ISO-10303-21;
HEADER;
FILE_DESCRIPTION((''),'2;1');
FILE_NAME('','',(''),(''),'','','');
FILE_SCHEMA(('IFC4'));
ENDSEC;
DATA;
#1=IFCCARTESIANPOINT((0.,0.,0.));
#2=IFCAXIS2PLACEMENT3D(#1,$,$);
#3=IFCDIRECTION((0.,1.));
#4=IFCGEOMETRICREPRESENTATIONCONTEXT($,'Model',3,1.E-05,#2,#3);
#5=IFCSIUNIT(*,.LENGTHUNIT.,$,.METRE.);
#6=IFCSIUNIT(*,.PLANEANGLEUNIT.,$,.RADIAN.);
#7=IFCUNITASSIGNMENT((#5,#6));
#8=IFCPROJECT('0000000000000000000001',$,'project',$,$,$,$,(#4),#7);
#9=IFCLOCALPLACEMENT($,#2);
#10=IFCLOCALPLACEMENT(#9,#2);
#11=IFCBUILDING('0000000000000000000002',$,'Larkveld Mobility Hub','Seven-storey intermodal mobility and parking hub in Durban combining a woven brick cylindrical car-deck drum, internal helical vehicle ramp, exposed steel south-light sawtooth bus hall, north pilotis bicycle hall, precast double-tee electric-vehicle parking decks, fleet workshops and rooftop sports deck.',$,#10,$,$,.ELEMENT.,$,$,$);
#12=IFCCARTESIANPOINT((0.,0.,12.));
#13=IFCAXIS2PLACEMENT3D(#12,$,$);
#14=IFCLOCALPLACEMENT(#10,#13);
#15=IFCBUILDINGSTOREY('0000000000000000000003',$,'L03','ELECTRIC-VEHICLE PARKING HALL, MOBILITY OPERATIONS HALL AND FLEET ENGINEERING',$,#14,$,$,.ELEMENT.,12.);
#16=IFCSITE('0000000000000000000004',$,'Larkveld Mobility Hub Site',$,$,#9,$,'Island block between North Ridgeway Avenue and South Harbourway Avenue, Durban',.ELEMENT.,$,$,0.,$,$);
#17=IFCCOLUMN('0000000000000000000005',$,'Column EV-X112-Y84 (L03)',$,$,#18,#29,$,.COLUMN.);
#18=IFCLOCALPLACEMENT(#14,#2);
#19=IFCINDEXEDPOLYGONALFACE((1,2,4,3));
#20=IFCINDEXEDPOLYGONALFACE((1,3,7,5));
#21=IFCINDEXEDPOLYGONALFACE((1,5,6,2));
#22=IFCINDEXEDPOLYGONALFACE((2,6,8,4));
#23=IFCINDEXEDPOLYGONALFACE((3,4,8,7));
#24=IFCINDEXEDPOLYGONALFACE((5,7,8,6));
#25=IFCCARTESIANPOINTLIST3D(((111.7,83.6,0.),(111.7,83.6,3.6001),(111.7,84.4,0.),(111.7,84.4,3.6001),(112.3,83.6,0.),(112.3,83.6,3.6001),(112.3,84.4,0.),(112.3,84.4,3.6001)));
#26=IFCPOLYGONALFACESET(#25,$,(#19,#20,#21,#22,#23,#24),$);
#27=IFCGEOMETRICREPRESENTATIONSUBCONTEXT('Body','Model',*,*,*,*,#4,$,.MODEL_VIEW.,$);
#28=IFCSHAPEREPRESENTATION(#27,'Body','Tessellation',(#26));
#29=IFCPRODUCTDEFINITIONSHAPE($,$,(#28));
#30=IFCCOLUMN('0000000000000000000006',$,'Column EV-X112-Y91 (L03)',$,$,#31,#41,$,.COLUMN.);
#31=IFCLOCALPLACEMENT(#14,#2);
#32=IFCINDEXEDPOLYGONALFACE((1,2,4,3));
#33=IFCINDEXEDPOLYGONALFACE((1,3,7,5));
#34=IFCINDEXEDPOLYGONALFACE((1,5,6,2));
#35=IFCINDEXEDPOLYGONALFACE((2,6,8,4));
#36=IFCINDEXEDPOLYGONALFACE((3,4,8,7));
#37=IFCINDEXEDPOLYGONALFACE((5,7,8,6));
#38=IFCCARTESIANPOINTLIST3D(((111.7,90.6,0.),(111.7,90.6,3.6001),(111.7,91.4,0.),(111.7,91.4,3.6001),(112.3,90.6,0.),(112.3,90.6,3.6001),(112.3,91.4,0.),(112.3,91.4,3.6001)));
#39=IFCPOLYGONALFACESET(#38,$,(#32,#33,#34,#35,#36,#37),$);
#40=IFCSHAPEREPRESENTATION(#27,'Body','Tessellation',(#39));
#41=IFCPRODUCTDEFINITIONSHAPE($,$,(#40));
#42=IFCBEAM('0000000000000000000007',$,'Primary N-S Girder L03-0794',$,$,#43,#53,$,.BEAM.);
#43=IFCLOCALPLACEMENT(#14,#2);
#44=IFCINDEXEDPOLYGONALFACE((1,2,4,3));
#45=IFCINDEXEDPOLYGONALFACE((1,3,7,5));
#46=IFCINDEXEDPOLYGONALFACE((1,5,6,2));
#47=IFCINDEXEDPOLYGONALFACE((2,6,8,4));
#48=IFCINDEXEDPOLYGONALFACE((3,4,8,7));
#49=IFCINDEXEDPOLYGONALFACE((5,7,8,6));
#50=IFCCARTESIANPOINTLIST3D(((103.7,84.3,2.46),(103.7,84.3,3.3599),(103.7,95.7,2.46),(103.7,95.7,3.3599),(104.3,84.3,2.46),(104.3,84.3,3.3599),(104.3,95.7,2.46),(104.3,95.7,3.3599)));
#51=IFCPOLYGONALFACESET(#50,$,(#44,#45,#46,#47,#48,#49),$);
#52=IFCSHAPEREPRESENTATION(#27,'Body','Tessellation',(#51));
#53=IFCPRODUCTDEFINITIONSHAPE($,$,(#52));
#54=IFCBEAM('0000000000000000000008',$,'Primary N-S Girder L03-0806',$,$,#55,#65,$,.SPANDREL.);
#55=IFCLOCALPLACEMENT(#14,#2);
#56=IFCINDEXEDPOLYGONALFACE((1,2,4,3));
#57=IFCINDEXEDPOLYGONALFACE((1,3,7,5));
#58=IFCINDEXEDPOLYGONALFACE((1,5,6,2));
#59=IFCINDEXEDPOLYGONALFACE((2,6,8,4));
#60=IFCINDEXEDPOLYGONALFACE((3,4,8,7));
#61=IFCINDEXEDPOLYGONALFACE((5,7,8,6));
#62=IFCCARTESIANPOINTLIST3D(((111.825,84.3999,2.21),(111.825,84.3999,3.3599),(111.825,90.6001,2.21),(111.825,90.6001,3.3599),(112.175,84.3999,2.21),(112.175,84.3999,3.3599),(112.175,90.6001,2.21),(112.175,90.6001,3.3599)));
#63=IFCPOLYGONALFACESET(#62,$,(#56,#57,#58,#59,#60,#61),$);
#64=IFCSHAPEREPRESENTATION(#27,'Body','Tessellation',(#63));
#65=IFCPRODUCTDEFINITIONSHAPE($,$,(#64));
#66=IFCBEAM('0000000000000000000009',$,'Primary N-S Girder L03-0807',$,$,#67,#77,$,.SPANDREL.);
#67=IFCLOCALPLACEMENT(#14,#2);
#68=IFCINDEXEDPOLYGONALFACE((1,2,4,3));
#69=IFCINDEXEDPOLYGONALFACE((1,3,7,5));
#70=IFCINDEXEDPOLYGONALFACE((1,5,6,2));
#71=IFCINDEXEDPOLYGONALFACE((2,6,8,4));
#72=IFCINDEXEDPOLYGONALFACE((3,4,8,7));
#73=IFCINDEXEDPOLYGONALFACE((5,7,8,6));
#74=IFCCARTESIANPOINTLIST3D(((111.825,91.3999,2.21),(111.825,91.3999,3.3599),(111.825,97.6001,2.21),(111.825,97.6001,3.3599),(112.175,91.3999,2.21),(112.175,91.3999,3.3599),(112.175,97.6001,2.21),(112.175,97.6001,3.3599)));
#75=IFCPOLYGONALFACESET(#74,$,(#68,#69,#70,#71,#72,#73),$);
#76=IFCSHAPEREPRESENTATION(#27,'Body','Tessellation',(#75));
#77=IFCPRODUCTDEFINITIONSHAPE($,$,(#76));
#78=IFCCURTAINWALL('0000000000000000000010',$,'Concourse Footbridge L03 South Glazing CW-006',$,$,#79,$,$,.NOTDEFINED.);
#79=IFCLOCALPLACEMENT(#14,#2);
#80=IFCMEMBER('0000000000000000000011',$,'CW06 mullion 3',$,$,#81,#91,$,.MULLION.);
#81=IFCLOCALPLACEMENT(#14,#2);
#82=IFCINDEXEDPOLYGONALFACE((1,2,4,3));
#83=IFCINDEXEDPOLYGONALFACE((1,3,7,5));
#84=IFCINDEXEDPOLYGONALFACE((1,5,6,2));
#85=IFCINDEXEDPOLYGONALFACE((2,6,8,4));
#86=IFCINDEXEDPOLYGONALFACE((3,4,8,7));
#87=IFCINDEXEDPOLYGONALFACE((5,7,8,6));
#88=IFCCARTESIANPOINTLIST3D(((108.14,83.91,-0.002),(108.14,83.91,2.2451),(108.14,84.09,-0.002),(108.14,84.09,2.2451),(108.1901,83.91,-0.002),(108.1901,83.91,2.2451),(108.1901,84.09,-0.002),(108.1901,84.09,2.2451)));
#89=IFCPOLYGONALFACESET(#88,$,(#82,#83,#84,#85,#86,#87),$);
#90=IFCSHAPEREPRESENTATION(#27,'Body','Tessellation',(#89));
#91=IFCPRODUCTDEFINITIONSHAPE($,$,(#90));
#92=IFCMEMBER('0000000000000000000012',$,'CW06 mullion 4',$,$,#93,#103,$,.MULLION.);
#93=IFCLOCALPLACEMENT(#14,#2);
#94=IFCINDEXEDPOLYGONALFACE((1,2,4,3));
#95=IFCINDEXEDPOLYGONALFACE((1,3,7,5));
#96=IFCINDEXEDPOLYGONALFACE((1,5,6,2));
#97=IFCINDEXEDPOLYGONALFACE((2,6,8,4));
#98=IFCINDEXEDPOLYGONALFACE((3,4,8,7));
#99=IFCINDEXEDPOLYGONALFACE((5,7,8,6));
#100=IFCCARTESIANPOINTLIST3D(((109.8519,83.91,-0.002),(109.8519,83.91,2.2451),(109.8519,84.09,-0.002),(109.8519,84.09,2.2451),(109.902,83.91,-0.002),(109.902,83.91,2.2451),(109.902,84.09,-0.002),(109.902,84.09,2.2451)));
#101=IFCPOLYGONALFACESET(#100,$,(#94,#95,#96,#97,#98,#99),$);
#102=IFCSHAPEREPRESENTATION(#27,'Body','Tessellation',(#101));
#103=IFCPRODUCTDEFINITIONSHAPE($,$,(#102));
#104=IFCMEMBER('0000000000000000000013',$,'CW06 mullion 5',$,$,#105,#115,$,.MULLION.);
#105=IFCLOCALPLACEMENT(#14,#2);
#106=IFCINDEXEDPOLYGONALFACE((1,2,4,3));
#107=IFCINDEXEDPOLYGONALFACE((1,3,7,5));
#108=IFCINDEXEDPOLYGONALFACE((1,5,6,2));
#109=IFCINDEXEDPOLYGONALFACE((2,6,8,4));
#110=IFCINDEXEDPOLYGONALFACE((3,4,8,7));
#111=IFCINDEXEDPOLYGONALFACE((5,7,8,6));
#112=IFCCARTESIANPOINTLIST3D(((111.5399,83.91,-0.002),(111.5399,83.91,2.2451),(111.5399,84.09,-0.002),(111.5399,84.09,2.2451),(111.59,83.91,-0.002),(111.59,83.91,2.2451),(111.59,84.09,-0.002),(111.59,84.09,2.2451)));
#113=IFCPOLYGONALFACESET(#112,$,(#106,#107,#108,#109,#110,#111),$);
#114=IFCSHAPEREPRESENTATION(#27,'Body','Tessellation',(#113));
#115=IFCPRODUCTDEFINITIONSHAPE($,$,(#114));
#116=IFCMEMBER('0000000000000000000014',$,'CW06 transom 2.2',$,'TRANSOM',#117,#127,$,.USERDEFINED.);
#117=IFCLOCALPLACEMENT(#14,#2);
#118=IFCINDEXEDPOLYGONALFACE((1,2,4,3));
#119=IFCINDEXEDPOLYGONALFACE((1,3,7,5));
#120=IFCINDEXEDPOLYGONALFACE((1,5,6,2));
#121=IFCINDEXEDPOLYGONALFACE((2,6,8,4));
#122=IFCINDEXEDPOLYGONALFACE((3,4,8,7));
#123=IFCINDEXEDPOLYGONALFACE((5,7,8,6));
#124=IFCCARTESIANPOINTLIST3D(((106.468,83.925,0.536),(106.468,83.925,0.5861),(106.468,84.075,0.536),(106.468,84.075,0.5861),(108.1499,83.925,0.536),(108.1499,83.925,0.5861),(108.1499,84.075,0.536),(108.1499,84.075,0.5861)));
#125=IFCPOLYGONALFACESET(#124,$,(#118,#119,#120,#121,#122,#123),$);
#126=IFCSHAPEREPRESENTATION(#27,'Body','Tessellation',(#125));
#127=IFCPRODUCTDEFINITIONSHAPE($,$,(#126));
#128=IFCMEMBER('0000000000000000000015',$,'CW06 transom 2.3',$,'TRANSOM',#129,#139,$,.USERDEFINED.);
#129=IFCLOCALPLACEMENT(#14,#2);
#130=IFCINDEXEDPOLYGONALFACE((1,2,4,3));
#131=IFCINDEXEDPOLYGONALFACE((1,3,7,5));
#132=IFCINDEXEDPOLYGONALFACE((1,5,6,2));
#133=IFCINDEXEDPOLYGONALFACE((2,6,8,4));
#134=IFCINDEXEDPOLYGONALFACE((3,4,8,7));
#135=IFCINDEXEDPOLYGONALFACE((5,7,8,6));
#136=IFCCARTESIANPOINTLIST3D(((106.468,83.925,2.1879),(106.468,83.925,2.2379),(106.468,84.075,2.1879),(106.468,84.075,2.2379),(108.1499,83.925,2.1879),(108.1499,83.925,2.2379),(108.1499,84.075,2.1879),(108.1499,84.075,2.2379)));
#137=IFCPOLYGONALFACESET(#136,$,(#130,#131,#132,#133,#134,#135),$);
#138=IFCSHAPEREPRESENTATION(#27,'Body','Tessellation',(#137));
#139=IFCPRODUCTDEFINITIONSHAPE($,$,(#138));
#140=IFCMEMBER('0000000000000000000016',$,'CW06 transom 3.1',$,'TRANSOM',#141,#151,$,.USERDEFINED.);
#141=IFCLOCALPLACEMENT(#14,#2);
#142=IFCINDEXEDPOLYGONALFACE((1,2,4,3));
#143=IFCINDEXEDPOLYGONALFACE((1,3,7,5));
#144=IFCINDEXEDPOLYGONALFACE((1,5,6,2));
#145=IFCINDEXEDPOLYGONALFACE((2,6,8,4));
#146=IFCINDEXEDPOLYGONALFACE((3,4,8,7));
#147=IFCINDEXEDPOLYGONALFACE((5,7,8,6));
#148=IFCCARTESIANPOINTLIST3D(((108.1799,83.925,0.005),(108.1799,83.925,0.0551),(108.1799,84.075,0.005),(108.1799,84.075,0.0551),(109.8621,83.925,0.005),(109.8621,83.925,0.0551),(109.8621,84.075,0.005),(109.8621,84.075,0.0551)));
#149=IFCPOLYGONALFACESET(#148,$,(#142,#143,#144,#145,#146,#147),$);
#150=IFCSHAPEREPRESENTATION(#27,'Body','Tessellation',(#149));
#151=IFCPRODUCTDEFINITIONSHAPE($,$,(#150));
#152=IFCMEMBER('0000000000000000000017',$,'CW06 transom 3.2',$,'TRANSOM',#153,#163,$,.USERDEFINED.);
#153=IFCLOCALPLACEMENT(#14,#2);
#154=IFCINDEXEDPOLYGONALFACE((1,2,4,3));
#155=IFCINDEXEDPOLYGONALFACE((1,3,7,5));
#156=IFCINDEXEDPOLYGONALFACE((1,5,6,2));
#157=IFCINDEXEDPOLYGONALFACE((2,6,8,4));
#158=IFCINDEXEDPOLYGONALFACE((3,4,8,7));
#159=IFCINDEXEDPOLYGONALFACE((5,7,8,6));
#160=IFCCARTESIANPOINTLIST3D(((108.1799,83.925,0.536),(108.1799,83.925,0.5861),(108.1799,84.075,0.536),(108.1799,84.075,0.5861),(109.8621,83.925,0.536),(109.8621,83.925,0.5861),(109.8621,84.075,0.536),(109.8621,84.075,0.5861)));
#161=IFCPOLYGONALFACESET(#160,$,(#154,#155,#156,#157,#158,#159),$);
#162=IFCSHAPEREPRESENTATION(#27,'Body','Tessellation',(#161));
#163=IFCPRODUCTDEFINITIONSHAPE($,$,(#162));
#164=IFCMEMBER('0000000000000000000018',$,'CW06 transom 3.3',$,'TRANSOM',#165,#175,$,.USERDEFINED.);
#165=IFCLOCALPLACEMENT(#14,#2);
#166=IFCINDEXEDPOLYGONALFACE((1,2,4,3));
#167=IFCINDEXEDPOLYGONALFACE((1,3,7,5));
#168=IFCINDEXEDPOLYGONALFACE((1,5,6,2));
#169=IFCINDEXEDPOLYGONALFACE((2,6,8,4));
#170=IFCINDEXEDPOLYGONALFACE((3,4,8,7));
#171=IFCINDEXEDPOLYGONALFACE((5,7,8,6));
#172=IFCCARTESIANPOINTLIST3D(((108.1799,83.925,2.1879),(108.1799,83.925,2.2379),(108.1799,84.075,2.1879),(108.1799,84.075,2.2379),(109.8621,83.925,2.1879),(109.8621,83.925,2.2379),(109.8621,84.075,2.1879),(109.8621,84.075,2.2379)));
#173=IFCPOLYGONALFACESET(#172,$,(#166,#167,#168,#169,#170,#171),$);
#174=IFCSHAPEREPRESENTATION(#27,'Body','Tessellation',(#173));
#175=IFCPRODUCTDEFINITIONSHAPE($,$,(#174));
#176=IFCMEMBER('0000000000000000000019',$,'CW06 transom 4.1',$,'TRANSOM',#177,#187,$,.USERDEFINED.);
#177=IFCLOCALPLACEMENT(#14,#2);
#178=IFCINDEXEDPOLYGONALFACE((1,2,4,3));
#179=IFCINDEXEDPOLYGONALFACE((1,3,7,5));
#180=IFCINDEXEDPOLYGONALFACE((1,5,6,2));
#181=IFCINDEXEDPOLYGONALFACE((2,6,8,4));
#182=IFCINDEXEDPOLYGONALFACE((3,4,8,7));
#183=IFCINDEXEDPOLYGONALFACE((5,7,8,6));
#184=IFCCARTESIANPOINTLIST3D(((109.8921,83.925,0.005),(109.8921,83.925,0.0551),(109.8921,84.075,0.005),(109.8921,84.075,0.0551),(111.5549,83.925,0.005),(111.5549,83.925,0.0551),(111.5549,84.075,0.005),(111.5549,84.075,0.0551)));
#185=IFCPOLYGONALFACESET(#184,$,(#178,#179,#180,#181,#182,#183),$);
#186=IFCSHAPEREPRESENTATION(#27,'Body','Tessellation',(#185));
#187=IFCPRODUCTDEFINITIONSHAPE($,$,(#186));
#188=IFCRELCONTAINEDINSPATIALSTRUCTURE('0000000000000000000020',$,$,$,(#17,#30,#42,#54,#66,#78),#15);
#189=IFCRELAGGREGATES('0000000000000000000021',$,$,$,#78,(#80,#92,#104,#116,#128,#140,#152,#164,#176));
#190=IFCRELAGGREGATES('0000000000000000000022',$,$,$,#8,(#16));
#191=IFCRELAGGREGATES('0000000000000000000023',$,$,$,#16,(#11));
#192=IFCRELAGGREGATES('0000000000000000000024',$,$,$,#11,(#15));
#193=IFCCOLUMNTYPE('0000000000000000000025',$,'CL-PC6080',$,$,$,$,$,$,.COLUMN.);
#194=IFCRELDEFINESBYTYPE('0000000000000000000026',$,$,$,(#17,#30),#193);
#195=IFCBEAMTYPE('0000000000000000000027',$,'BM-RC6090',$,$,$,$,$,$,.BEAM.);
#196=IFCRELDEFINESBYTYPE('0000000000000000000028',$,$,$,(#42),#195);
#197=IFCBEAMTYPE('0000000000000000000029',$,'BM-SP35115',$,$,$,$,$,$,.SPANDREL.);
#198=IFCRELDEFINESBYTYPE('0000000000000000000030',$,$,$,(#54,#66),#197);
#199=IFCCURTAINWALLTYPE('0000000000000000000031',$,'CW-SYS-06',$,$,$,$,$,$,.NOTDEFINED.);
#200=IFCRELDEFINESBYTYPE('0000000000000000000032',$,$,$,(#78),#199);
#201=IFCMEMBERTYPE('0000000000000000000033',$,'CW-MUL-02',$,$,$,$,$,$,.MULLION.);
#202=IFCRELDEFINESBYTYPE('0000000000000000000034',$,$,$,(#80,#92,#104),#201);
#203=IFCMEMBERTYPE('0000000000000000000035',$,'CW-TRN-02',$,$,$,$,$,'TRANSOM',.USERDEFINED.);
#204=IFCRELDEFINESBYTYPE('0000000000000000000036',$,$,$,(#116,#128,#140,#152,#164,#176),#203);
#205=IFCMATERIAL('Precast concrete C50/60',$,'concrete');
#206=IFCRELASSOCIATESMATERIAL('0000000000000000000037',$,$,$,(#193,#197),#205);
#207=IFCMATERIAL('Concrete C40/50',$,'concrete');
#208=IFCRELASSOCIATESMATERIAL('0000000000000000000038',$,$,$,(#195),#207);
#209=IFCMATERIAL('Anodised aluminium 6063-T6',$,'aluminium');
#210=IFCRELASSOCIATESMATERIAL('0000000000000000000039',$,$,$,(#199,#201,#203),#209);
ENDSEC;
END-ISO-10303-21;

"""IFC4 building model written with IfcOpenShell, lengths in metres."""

from ifc_helpers import new_model, si_unit, direction, frame, origin, origin_2d, place, context, subcontext, project, spatial, rectangle, extrude, material, material_profile, profile_set, type_object, element, aggregate, save


model = new_model("IFC4")

# Units and contexts
model_context = context("Model", 3, precision=1e-05, world=origin(), true_north=direction((0.0, 1.0)))
body_context = subcontext(model_context, "Body", "Model", "MODEL_VIEW")
ifc_project = project(units=[si_unit("LENGTHUNIT", "METRE"), si_unit("PLANEANGLEUNIT", "RADIAN")], contexts=[model_context])

# Site, building, storey
site_placement = place(None, origin())
site = spatial("IfcSite", under=ifc_project, at=site_placement, Name="Larkveld Mobility Hub Site", LongName="Island block between North Ridgeway Avenue and South Harbourway Avenue, Durban", CompositionType="ELEMENT", RefElevation=0.0)
building_placement = place(site_placement, origin())
building = spatial("IfcBuilding", under=site, at=building_placement, Name="Larkveld Mobility Hub", Description="Seven-storey intermodal mobility and parking hub in Durban combining a woven brick cylindrical car-deck drum, internal helical vehicle ramp, exposed steel south-light sawtooth bus hall, north pilotis bicycle hall, precast double-tee electric-vehicle parking decks, fleet workshops and rooftop sports deck.", CompositionType="ELEMENT")
storey_placement = place(building_placement, frame((0.0, 0.0, 12.0)))
storey = spatial("IfcBuildingStorey", under=building, at=storey_placement, Name="L03", Description="ELECTRIC-VEHICLE PARKING HALL, MOBILITY OPERATIONS HALL AND FLEET ENGINEERING", CompositionType="ELEMENT", Elevation=12.0)

# Columns
ifc_material_1 = material(Name="Precast concrete C50/60", Category="concrete")
ifc_material_profile_1 = material_profile(ifc_material_1, rectangle(XDim=0.6001, YDim=0.8, at=origin_2d()), Name="RC COL 600x800")
ifc_profile_set_1 = profile_set([ifc_material_profile_1], Name="Precast concrete C50/60")
column_type = type_object("IfcColumnType", Name="CL-PC6080", PredefinedType="COLUMN", material=ifc_profile_set_1)
for number, where, z_axis, x_axis, name in (
    (1, (112.0, 84.0, 0.0), (0.0, 0.0, 1.0), (1.0, 0.0, 0.0), "Column EV-X112-Y84 (L03)"),
    (2, (112.0, 91.0, 0.0), (0.0, 0.0, 1.0), (1.0, 0.0, 0.0), "Column EV-X112-Y91 (L03)"),
):
    element("IfcColumn", number, at=place(storey_placement, frame(where, z_axis=z_axis, x_axis=x_axis)), inside=storey, type_object=column_type, Name=name, PredefinedType="COLUMN", context=body_context, shape_type="SweptSolid", body=[
        extrude(rectangle(XDim=0.6001, YDim=0.8, at=origin_2d()), origin(), (0.0, 0.0, 1.0), 3.6001),
    ])

# Beams
ifc_material_2 = material(Name="Concrete C40/50", Category="concrete")
ifc_material_profile_2 = material_profile(ifc_material_2, rectangle(XDim=0.6001, YDim=0.8999, at=origin_2d()), Name="RC BM 600x900")
ifc_profile_set_2 = profile_set([ifc_material_profile_2], Name="Concrete C40/50")
beam_type_1 = type_object("IfcBeamType", Name="BM-RC6090", PredefinedType="BEAM", material=ifc_profile_set_2)
beam_placement = place(storey_placement, frame((104.0, 84.3, 2.9099), z_axis=(0.0, 1.0, 0.0), x_axis=(-1.0, 0.0, 0.0)))
element("IfcBeam", 3, at=beam_placement, inside=storey, type_object=beam_type_1, Name="Primary N-S Girder L03-0794", PredefinedType="BEAM", context=body_context, shape_type="SweptSolid", body=[
    extrude(rectangle(XDim=0.6001, YDim=0.8999, at=origin_2d()), origin(), (0.0, 0.0, 1.0), 11.3999),
])
ifc_material_profile_3 = material_profile(ifc_material_1, rectangle(XDim=0.3501, YDim=1.1499, at=origin_2d()), Name="PC SP 350x1150")
ifc_profile_set_3 = profile_set([ifc_material_profile_3], Name="Precast concrete C50/60")
beam_type_2 = type_object("IfcBeamType", Name="BM-SP35115", PredefinedType="SPANDREL", material=ifc_profile_set_3)
for number, where, z_axis, x_axis, name in (
    (4, (112.0, 84.3999, 2.7849), (0.0, 1.0, 0.0), (-1.0, 0.0, 0.0), "Primary N-S Girder L03-0806"),
    (5, (112.0, 91.3999, 2.7849), (0.0, 1.0, 0.0), (-1.0, 0.0, 0.0), "Primary N-S Girder L03-0807"),
):
    element("IfcBeam", number, at=place(storey_placement, frame(where, z_axis=z_axis, x_axis=x_axis)), inside=storey, type_object=beam_type_2, Name=name, PredefinedType="SPANDREL", context=body_context, shape_type="SweptSolid", body=[
        extrude(rectangle(XDim=0.3501, YDim=1.1499, at=origin_2d()), origin(), (0.0, 0.0, 1.0), 6.2002),
    ])

# Curtain wall, members
ifc_material_3 = material(Name="Anodised aluminium 6063-T6", Category="aluminium")
curtain_wall_type = type_object("IfcCurtainWallType", Name="CW-SYS-06", PredefinedType="NOTDEFINED", material=ifc_material_3)
curtain_wall_placement = place(storey_placement, origin())
curtain_wall = element("IfcCurtainWall", 6, at=curtain_wall_placement, inside=storey, type_object=curtain_wall_type, Name="Concourse Footbridge L03 South Glazing CW-006", PredefinedType="NOTDEFINED")
ifc_material_profile_4 = material_profile(ifc_material_3, rectangle(XDim=0.05, YDim=0.1799, at=origin_2d()), Name="ALU MULL 50x180")
ifc_profile_set_4 = profile_set([ifc_material_profile_4], Name="Anodised aluminium 6063-T6")
member_type_1 = type_object("IfcMemberType", Name="CW-MUL-02", PredefinedType="MULLION", material=ifc_profile_set_4)
member_1_placement = place(storey_placement, frame((108.165, 84.0, -0.002), z_axis=(0.0, 0.0, 1.0), x_axis=(1.0, 0.0, 0.0)))
member_1 = element("IfcMember", 7, at=member_1_placement, type_object=member_type_1, Name="CW06 mullion 3", PredefinedType="MULLION", context=body_context, shape_type="SweptSolid", body=[
    extrude(rectangle(XDim=0.05, YDim=0.1799, at=origin_2d()), origin(), (0.0, 0.0, 1.0), 2.2471),
])
member_2_placement = place(storey_placement, frame((109.877, 84.0, -0.002), z_axis=(0.0, 0.0, 1.0), x_axis=(1.0, 0.0, 0.0)))
member_2 = element("IfcMember", 8, at=member_2_placement, type_object=member_type_1, Name="CW06 mullion 4", PredefinedType="MULLION", context=body_context, shape_type="SweptSolid", body=[
    extrude(rectangle(XDim=0.05, YDim=0.1799, at=origin_2d()), origin(), (0.0, 0.0, 1.0), 2.2471),
])
member_3_placement = place(storey_placement, frame((111.5649, 84.0, -0.002), z_axis=(0.0, 0.0, 1.0), x_axis=(1.0, 0.0, 0.0)))
member_3 = element("IfcMember", 9, at=member_3_placement, type_object=member_type_1, Name="CW06 mullion 5", PredefinedType="MULLION", context=body_context, shape_type="SweptSolid", body=[
    extrude(rectangle(XDim=0.05, YDim=0.1799, at=origin_2d()), origin(), (0.0, 0.0, 1.0), 2.2471),
])
ifc_material_profile_5 = material_profile(ifc_material_3, rectangle(XDim=0.1499, YDim=0.05, at=origin_2d()), Name="ALU TRAN 50x150")
ifc_profile_set_5 = profile_set([ifc_material_profile_5], Name="Anodised aluminium 6063-T6")
member_type_2 = type_object("IfcMemberType", Name="CW-TRN-02", ElementType="TRANSOM", PredefinedType="USERDEFINED", material=ifc_profile_set_5)
member_4_placement = place(storey_placement, frame((106.468, 84.0, 0.561), z_axis=(1.0, 0.0, 0.0), x_axis=(0.0, 1.0, 0.0)))
member_4 = element("IfcMember", 10, at=member_4_placement, type_object=member_type_2, Name="CW06 transom 2.2", ObjectType="TRANSOM", PredefinedType="USERDEFINED", context=body_context, shape_type="SweptSolid", body=[
    extrude(rectangle(XDim=0.1499, YDim=0.05, at=origin_2d()), origin(), (0.0, 0.0, 1.0), 1.6819),
])
member_5_placement = place(storey_placement, frame((106.468, 84.0, 2.2129), z_axis=(1.0, 0.0, 0.0), x_axis=(0.0, 1.0, 0.0)))
member_5 = element("IfcMember", 11, at=member_5_placement, type_object=member_type_2, Name="CW06 transom 2.3", ObjectType="TRANSOM", PredefinedType="USERDEFINED", context=body_context, shape_type="SweptSolid", body=[
    extrude(rectangle(XDim=0.1499, YDim=0.05, at=origin_2d()), origin(), (0.0, 0.0, 1.0), 1.6819),
])
member_6_placement = place(storey_placement, frame((108.1799, 84.0, 0.03), z_axis=(1.0, 0.0, 0.0), x_axis=(0.0, 1.0, 0.0)))
member_6 = element("IfcMember", 12, at=member_6_placement, type_object=member_type_2, Name="CW06 transom 3.1", ObjectType="TRANSOM", PredefinedType="USERDEFINED", context=body_context, shape_type="SweptSolid", body=[
    extrude(rectangle(XDim=0.1499, YDim=0.05, at=origin_2d()), origin(), (0.0, 0.0, 1.0), 1.6821),
])
member_7_placement = place(storey_placement, frame((108.1799, 84.0, 0.561), z_axis=(1.0, 0.0, 0.0), x_axis=(0.0, 1.0, 0.0)))
member_7 = element("IfcMember", 13, at=member_7_placement, type_object=member_type_2, Name="CW06 transom 3.2", ObjectType="TRANSOM", PredefinedType="USERDEFINED", context=body_context, shape_type="SweptSolid", body=[
    extrude(rectangle(XDim=0.1499, YDim=0.05, at=origin_2d()), origin(), (0.0, 0.0, 1.0), 1.6821),
])
member_8_placement = place(storey_placement, frame((108.1799, 84.0, 2.2129), z_axis=(1.0, 0.0, 0.0), x_axis=(0.0, 1.0, 0.0)))
member_8 = element("IfcMember", 14, at=member_8_placement, type_object=member_type_2, Name="CW06 transom 3.3", ObjectType="TRANSOM", PredefinedType="USERDEFINED", context=body_context, shape_type="SweptSolid", body=[
    extrude(rectangle(XDim=0.1499, YDim=0.05, at=origin_2d()), origin(), (0.0, 0.0, 1.0), 1.6821),
])
member_9_placement = place(storey_placement, frame((109.8921, 84.0, 0.03), z_axis=(1.0, 0.0, 0.0), x_axis=(0.0, 1.0, 0.0)))
member_9 = element("IfcMember", 15, at=member_9_placement, type_object=member_type_2, Name="CW06 transom 4.1", ObjectType="TRANSOM", PredefinedType="USERDEFINED", context=body_context, shape_type="SweptSolid", body=[
    extrude(rectangle(XDim=0.1499, YDim=0.05, at=origin_2d()), origin(), (0.0, 0.0, 1.0), 1.6628),
])
aggregate(curtain_wall, [member_1, member_2, member_3, member_4, member_5, member_6, member_7, member_8, member_9])

save(model, "model.ifc")
